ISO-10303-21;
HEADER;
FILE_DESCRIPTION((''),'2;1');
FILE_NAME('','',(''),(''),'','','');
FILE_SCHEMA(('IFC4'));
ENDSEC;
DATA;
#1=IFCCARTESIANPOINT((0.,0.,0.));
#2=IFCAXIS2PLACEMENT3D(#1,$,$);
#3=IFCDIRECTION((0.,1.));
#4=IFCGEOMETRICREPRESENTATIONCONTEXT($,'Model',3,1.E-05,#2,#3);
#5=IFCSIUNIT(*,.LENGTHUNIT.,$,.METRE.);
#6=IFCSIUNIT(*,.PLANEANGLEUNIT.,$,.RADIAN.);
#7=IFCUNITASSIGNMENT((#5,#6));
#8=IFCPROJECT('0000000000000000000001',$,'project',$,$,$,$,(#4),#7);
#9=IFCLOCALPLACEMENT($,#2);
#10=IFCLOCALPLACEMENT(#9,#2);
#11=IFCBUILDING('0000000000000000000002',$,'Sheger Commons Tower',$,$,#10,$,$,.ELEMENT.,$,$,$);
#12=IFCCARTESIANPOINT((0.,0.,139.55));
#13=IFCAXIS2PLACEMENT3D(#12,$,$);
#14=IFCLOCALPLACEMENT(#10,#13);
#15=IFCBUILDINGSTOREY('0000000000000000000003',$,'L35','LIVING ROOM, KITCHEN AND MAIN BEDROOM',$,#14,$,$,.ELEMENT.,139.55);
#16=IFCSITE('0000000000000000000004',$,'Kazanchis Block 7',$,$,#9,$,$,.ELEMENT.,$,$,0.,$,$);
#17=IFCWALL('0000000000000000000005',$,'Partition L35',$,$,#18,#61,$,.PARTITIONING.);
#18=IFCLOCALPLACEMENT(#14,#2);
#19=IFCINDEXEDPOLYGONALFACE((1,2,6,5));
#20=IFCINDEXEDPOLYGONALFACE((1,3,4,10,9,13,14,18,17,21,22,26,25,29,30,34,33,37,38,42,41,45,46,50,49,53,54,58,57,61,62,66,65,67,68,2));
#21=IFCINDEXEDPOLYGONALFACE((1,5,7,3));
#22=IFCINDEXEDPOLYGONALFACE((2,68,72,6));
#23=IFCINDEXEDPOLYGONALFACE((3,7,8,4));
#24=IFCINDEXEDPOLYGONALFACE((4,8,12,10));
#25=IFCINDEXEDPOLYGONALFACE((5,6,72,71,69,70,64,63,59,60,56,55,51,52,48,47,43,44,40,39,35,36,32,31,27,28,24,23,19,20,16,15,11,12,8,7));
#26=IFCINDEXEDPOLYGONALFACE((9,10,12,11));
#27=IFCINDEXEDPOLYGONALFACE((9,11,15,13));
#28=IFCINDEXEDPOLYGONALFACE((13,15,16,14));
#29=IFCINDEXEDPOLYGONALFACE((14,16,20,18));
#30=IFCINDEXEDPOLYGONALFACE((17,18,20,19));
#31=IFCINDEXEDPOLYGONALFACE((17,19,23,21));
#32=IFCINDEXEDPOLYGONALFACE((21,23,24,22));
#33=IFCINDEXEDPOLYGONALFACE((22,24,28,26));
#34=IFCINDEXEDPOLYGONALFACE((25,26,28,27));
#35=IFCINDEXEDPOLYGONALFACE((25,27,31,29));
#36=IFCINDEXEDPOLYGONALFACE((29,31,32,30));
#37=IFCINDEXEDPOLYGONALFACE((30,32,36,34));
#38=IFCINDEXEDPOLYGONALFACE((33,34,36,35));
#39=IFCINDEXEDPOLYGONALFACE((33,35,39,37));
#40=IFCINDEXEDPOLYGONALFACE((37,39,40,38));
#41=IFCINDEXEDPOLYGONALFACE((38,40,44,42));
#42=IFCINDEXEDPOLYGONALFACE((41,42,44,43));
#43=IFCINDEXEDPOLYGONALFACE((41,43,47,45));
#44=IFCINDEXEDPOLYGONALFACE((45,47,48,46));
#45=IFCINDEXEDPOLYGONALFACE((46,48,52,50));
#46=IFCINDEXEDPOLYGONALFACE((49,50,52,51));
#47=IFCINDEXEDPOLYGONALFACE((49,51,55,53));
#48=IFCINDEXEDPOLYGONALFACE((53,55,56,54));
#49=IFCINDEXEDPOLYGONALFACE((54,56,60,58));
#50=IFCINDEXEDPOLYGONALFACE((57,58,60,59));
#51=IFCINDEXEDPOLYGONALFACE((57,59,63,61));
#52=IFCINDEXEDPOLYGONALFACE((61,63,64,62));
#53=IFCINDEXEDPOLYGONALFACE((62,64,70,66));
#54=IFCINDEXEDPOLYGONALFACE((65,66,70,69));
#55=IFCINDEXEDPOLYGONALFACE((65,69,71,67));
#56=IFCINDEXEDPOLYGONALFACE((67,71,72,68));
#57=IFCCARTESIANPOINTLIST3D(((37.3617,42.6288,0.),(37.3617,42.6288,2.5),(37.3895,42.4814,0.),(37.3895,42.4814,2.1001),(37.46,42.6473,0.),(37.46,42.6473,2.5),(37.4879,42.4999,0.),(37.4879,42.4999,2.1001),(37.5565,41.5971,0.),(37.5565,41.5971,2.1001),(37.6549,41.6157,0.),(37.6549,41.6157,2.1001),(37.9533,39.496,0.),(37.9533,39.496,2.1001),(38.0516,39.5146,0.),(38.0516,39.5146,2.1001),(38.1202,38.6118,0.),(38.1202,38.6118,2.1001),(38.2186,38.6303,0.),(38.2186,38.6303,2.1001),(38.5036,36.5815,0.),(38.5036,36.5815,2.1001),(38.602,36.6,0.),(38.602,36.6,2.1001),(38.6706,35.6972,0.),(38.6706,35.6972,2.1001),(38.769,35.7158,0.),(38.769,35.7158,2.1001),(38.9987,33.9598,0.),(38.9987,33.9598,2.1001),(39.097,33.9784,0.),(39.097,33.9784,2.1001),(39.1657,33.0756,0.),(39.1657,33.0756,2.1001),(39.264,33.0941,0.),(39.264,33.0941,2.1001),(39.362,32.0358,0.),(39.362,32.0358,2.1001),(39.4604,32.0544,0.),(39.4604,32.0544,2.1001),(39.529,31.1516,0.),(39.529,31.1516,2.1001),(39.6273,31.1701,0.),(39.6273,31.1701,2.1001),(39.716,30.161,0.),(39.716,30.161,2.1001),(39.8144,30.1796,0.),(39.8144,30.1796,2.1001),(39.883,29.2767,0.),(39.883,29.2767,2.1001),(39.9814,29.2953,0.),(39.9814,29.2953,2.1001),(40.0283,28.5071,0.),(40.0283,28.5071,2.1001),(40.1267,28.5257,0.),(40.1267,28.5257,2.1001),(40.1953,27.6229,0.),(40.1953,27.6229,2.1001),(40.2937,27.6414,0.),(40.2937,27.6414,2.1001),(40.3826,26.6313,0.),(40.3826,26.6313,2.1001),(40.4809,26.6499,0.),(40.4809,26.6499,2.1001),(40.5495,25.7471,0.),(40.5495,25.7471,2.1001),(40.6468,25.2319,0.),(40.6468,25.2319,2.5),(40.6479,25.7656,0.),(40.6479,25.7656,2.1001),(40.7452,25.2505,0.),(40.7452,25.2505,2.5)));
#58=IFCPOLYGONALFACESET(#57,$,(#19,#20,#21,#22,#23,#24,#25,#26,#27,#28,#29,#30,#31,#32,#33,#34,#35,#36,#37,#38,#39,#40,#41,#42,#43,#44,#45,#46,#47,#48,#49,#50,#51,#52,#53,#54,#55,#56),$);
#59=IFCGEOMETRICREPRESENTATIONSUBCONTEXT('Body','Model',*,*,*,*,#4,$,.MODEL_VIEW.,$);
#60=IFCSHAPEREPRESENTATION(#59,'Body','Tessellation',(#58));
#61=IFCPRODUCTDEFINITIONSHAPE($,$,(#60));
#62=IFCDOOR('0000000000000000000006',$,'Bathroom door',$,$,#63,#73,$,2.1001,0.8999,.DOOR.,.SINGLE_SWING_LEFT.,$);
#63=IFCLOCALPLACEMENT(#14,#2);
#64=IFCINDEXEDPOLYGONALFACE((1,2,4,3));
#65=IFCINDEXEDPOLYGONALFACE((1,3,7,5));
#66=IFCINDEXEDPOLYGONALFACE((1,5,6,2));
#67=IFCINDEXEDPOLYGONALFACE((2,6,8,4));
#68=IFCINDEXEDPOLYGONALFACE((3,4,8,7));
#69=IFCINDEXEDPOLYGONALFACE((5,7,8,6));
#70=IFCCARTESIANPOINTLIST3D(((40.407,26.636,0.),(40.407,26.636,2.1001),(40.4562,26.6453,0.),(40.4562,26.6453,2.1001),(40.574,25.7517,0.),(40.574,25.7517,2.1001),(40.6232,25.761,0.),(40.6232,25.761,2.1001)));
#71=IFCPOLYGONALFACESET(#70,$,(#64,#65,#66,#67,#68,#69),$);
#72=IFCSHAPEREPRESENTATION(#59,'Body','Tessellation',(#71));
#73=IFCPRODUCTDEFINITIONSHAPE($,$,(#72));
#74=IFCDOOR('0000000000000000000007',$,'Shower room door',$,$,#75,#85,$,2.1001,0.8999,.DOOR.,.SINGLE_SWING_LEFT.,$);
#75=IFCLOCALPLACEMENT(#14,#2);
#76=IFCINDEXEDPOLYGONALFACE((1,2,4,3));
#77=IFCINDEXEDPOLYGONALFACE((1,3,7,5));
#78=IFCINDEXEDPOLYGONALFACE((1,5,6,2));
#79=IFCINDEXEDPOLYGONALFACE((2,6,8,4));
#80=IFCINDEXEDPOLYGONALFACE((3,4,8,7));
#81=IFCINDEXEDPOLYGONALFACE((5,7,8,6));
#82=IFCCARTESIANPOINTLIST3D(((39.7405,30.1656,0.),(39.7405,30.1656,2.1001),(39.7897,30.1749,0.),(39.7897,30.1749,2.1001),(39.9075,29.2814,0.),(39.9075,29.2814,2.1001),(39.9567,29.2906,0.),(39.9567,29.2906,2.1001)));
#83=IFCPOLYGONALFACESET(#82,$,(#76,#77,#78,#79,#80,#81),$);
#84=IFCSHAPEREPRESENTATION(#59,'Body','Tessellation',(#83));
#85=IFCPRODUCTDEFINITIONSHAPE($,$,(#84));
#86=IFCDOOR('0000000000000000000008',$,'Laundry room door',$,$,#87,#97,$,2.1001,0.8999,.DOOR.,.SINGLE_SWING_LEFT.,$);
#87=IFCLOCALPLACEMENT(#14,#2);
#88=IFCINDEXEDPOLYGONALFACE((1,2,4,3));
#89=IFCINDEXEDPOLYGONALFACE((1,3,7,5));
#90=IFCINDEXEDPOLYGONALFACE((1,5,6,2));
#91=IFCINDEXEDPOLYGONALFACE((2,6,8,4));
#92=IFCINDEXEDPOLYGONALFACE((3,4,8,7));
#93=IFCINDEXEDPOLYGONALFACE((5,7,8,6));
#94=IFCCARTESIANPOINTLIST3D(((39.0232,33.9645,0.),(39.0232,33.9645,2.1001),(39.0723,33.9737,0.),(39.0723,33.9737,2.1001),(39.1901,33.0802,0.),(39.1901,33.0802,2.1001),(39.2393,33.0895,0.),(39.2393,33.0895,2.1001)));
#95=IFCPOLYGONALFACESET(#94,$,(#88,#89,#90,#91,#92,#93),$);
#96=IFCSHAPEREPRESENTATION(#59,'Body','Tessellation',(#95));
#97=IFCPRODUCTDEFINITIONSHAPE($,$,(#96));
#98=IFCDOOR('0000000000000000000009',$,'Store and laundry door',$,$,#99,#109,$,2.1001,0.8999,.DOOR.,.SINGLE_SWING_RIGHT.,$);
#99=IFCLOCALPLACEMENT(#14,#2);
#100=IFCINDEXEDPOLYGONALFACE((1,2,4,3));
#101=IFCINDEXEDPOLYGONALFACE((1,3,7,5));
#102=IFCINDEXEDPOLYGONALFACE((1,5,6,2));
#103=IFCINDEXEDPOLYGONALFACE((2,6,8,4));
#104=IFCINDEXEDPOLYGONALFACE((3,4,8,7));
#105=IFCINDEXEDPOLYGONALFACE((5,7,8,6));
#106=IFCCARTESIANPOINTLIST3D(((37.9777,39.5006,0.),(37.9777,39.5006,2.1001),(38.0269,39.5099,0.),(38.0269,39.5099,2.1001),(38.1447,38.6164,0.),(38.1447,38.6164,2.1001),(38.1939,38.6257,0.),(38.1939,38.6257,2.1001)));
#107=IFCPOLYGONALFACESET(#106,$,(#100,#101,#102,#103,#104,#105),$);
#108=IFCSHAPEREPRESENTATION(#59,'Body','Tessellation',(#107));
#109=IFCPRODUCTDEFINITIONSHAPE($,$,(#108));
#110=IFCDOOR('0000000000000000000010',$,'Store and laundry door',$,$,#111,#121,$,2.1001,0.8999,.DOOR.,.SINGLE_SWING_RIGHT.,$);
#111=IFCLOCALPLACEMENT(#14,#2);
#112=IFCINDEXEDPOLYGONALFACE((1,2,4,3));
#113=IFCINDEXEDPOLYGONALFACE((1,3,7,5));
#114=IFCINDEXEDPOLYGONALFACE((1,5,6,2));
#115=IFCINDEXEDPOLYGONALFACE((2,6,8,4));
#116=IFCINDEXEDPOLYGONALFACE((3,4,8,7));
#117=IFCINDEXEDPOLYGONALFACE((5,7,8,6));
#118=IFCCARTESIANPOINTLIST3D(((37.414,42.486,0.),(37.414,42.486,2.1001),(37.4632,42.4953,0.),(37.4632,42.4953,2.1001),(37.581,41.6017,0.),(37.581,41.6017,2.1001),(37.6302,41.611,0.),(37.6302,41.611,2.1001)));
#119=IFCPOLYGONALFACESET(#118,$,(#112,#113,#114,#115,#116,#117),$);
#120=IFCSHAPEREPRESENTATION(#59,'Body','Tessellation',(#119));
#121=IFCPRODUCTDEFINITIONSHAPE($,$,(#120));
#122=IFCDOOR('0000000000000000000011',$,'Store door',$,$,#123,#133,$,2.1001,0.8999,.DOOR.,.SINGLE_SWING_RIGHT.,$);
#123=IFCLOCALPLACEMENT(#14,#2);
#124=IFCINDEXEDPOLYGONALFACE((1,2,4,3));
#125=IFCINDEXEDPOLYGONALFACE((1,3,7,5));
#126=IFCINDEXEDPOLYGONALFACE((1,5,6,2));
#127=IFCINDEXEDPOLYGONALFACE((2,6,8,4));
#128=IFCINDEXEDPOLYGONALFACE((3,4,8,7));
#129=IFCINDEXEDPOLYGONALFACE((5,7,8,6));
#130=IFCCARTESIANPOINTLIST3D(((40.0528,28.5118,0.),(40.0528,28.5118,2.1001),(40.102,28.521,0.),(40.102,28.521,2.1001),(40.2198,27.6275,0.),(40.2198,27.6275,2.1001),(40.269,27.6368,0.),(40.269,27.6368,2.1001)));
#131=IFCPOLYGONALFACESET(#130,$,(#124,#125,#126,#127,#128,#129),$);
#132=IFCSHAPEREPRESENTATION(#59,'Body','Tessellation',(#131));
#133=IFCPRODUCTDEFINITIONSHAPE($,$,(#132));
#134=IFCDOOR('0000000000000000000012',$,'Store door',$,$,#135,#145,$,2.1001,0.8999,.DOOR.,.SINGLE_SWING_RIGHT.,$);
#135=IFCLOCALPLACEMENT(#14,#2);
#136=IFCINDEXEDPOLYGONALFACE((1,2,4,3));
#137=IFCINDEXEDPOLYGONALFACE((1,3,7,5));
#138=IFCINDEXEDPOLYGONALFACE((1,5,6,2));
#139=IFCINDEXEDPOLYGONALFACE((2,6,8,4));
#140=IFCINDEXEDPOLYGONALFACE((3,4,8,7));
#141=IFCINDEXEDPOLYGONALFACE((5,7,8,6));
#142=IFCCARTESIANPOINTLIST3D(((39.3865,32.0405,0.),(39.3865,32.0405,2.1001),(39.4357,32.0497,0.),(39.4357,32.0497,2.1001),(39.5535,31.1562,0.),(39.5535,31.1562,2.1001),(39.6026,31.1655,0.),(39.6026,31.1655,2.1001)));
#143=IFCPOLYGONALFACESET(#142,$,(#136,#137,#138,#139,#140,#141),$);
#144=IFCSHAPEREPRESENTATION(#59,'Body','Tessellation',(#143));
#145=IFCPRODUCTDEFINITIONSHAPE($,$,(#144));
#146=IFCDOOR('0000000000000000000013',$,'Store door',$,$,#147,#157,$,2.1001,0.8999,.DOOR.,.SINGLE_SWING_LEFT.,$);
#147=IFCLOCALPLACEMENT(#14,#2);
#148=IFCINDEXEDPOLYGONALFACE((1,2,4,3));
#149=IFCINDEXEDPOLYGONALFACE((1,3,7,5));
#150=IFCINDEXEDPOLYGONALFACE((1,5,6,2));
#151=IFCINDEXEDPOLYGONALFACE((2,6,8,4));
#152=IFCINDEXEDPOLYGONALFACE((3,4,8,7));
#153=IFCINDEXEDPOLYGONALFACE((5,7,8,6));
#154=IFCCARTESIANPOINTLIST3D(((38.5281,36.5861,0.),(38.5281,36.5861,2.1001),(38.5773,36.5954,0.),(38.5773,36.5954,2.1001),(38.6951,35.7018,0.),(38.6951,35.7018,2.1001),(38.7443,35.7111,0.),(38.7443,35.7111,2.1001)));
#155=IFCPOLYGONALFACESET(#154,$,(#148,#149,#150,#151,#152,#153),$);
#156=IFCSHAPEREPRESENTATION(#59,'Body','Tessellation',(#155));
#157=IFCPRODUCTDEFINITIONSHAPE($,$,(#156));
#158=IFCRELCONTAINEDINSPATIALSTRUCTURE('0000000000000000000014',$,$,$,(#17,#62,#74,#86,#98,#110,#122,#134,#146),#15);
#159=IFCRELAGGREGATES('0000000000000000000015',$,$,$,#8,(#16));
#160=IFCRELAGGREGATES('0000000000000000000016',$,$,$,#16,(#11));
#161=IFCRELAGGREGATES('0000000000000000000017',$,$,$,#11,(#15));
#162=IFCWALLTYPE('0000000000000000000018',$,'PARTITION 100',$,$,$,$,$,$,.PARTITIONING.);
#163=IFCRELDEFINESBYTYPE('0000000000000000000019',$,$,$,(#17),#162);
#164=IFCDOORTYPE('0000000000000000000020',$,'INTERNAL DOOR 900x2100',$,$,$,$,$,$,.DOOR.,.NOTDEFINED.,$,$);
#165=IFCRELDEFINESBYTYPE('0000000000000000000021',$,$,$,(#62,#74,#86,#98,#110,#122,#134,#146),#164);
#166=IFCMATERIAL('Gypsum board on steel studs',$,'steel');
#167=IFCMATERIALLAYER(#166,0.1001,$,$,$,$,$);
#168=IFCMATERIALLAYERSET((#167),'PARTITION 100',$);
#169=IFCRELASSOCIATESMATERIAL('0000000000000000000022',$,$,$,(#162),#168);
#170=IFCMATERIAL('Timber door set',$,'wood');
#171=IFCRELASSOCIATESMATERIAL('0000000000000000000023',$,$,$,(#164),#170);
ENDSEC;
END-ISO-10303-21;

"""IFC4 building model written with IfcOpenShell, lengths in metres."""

from ifc_helpers import new_model, si_unit, direction, frame, frame_2d, origin, place, context, subcontext, project, spatial, rectangle, extrude, material, layer, layer_set, type_object, element, fill, save


model = new_model("IFC4")

# Units and contexts
model_context = context("Model", 3, precision=1e-05, world=origin(), true_north=direction((0.0, 1.0)))
body_context = subcontext(model_context, "Body", "Model", "MODEL_VIEW")
ifc_project = project(units=[si_unit("LENGTHUNIT", "METRE"), si_unit("PLANEANGLEUNIT", "RADIAN")], contexts=[model_context])

# Site, building, storey
site_placement = place(None, origin())
site = spatial("IfcSite", under=ifc_project, at=site_placement, Name="Kazanchis Block 7", CompositionType="ELEMENT", RefElevation=0.0)
building_placement = place(site_placement, origin())
building = spatial("IfcBuilding", under=site, at=building_placement, Name="Sheger Commons Tower", CompositionType="ELEMENT")
storey_placement = place(building_placement, frame((0.0, 0.0, 139.55)))
storey = spatial("IfcBuildingStorey", under=building, at=storey_placement, Name="L35", Description="LIVING ROOM, KITCHEN AND MAIN BEDROOM", CompositionType="ELEMENT", Elevation=139.55)

# Shared definitions
ifc_material_1 = material(Name="Gypsum board on steel studs", Category="steel")
ifc_layer = layer(ifc_material_1, 0.1001)
ifc_layer_set = layer_set([ifc_layer], Name="PARTITION 100")
wall_type = type_object("IfcWallType", Name="PARTITION 100", PredefinedType="PARTITIONING", material=ifc_layer_set)

# Wall, openings, doors
ifc_material_2 = material(Name="Timber door set", Category="wood")
door_type = type_object("IfcDoorType", Name="INTERNAL DOOR 900x2100", OperationType="NOTDEFINED", PredefinedType="DOOR", material=ifc_material_2)
wall_1_placement = place(storey_placement, frame((37.4109, 42.6379, 0.0), z_axis=(0.0, 0.0, 1.0), x_axis=(0.185556, -0.982634, 0.0)))
wall_1 = element("IfcWall", 1, at=wall_1_placement, inside=storey, type_object=wall_type, Name="Partition L35", PredefinedType="PARTITIONING", context=body_context, shape_type="SweptSolid", body=[
    extrude(rectangle(XDim=17.7043, YDim=0.1001, at=frame_2d((8.8521, 0.0))), origin(), (0.0, 0.0, 1.0), 2.5),
])
opening_1_placement = place(wall_1_placement, frame((16.28, 0.0, 0.0)))
opening_1 = element("IfcOpeningElement", 2, at=opening_1_placement, cuts=wall_1, PredefinedType="OPENING", context=body_context, shape_type="SweptSolid", body=[
    extrude(rectangle(XDim=0.8999, YDim=2.1001, at=frame_2d((0.45, 1.05))), frame((0.0, 0.0601, 0.0), z_axis=(0.0, -1.0, 0.0), x_axis=(1.0, 0.0, 0.0)), (0.0, 0.0, 1.0), 0.1201),
])
opening_2_placement = place(wall_1_placement, frame((12.688, 0.0, 0.0)))
opening_2 = element("IfcOpeningElement", 3, at=opening_2_placement, cuts=wall_1, PredefinedType="OPENING", context=body_context, shape_type="SweptSolid", body=[
    extrude(rectangle(XDim=0.8999, YDim=2.1001, at=frame_2d((0.45, 1.05))), frame((0.0, 0.0601, 0.0), z_axis=(0.0, -1.0, 0.0), x_axis=(1.0, 0.0, 0.0)), (0.0, 0.0, 1.0), 0.1201),
])
opening_3_placement = place(wall_1_placement, frame((8.822, 0.0, 0.0)))
opening_3 = element("IfcOpeningElement", 4, at=opening_3_placement, cuts=wall_1, PredefinedType="OPENING", context=body_context, shape_type="SweptSolid", body=[
    extrude(rectangle(XDim=0.8999, YDim=2.1001, at=frame_2d((0.45, 1.05))), frame((0.0, 0.0601, 0.0), z_axis=(0.0, -1.0, 0.0), x_axis=(1.0, 0.0, 0.0)), (0.0, 0.0, 1.0), 0.1201),
])
opening_4_placement = place(wall_1_placement, frame((3.188, 0.0, 0.0)))
opening_4 = element("IfcOpeningElement", 5, at=opening_4_placement, cuts=wall_1, PredefinedType="OPENING", context=body_context, shape_type="SweptSolid", body=[
    extrude(rectangle(XDim=0.8999, YDim=2.1001, at=frame_2d((0.45, 1.05))), frame((0.0, 0.0601, 0.0), z_axis=(0.0, -1.0, 0.0), x_axis=(1.0, 0.0, 0.0)), (0.0, 0.0, 1.0), 0.1201),
])
opening_5_placement = place(wall_1_placement, frame((0.1499, 0.0, 0.0)))
opening_5 = element("IfcOpeningElement", 6, at=opening_5_placement, cuts=wall_1, PredefinedType="OPENING", context=body_context, shape_type="SweptSolid", body=[
    extrude(rectangle(XDim=0.8999, YDim=2.1001, at=frame_2d((0.45, 1.05))), frame((0.0, 0.0601, 0.0), z_axis=(0.0, -1.0, 0.0), x_axis=(1.0, 0.0, 0.0)), (0.0, 0.0, 1.0), 0.1201),
])
opening_6_placement = place(wall_1_placement, frame((14.3711, 0.0, 0.0)))
opening_6 = element("IfcOpeningElement", 7, at=opening_6_placement, cuts=wall_1, PredefinedType="OPENING", context=body_context, shape_type="SweptSolid", body=[
    extrude(rectangle(XDim=0.8999, YDim=2.1001, at=frame_2d((0.45, 1.05))), frame((0.0, 0.0601, 0.0), z_axis=(0.0, -1.0, 0.0), x_axis=(1.0, 0.0, 0.0)), (0.0, 0.0, 1.0), 0.1201),
])
opening_7_placement = place(wall_1_placement, frame((10.78, 0.0, 0.0)))
opening_7 = element("IfcOpeningElement", 8, at=opening_7_placement, cuts=wall_1, PredefinedType="OPENING", context=body_context, shape_type="SweptSolid", body=[
    extrude(rectangle(XDim=0.8999, YDim=2.1001, at=frame_2d((0.45, 1.05))), frame((0.0, 0.0601, 0.0), z_axis=(0.0, -1.0, 0.0), x_axis=(1.0, 0.0, 0.0)), (0.0, 0.0, 1.0), 0.1201),
])
opening_8_placement = place(wall_1_placement, frame((6.1541, 0.0, 0.0)))
opening_8 = element("IfcOpeningElement", 9, at=opening_8_placement, cuts=wall_1, PredefinedType="OPENING", context=body_context, shape_type="SweptSolid", body=[
    extrude(rectangle(XDim=0.8999, YDim=2.1001, at=frame_2d((0.45, 1.05))), frame((0.0, 0.0601, 0.0), z_axis=(0.0, -1.0, 0.0), x_axis=(1.0, 0.0, 0.0)), (0.0, 0.0, 1.0), 0.1201),
])
door_1_placement = place(opening_1_placement, origin())
door_1 = element("IfcDoor", 10, at=door_1_placement, inside=storey, type_object=door_type, Name="Bathroom door", OperationType="SINGLE_SWING_LEFT", OverallHeight=2.1001, OverallWidth=0.8999, PredefinedType="DOOR", context=body_context, shape_type="SweptSolid", body=[
    extrude(rectangle(XDim=0.8999, YDim=2.1001, at=frame_2d((0.45, 1.05))), frame((0.0, 0.0249, 0.0), z_axis=(0.0, -1.0, 0.0), x_axis=(1.0, 0.0, 0.0)), (0.0, 0.0, 1.0), 0.05),
])
fill(opening_1, door_1)
door_2_placement = place(opening_2_placement, origin())
door_2 = element("IfcDoor", 11, at=door_2_placement, inside=storey, type_object=door_type, Name="Shower room door", OperationType="SINGLE_SWING_LEFT", OverallHeight=2.1001, OverallWidth=0.8999, PredefinedType="DOOR", context=body_context, shape_type="SweptSolid", body=[
    extrude(rectangle(XDim=0.8999, YDim=2.1001, at=frame_2d((0.45, 1.05))), frame((0.0, 0.0249, 0.0), z_axis=(0.0, -1.0, 0.0), x_axis=(1.0, 0.0, 0.0)), (0.0, 0.0, 1.0), 0.05),
])
fill(opening_2, door_2)
door_3_placement = place(opening_3_placement, origin())
door_3 = element("IfcDoor", 12, at=door_3_placement, inside=storey, type_object=door_type, Name="Laundry room door", OperationType="SINGLE_SWING_LEFT", OverallHeight=2.1001, OverallWidth=0.8999, PredefinedType="DOOR", context=body_context, shape_type="SweptSolid", body=[
    extrude(rectangle(XDim=0.8999, YDim=2.1001, at=frame_2d((0.45, 1.05))), frame((0.0, 0.0249, 0.0), z_axis=(0.0, -1.0, 0.0), x_axis=(1.0, 0.0, 0.0)), (0.0, 0.0, 1.0), 0.05),
])
fill(opening_3, door_3)
door_4_placement = place(opening_4_placement, origin())
door_4 = element("IfcDoor", 13, at=door_4_placement, inside=storey, type_object=door_type, Name="Store and laundry door", OperationType="SINGLE_SWING_RIGHT", OverallHeight=2.1001, OverallWidth=0.8999, PredefinedType="DOOR", context=body_context, shape_type="SweptSolid", body=[
    extrude(rectangle(XDim=0.8999, YDim=2.1001, at=frame_2d((0.45, 1.05))), frame((0.0, 0.0249, 0.0), z_axis=(0.0, -1.0, 0.0), x_axis=(1.0, 0.0, 0.0)), (0.0, 0.0, 1.0), 0.05),
])
fill(opening_4, door_4)
door_5_placement = place(opening_5_placement, origin())
door_5 = element("IfcDoor", 14, at=door_5_placement, inside=storey, type_object=door_type, Name="Store and laundry door", OperationType="SINGLE_SWING_RIGHT", OverallHeight=2.1001, OverallWidth=0.8999, PredefinedType="DOOR", context=body_context, shape_type="SweptSolid", body=[
    extrude(rectangle(XDim=0.8999, YDim=2.1001, at=frame_2d((0.45, 1.05))), frame((0.0, 0.0249, 0.0), z_axis=(0.0, -1.0, 0.0), x_axis=(1.0, 0.0, 0.0)), (0.0, 0.0, 1.0), 0.05),
])
fill(opening_5, door_5)
door_6_placement = place(opening_6_placement, origin())
door_6 = element("IfcDoor", 15, at=door_6_placement, inside=storey, type_object=door_type, Name="Store door", OperationType="SINGLE_SWING_RIGHT", OverallHeight=2.1001, OverallWidth=0.8999, PredefinedType="DOOR", context=body_context, shape_type="SweptSolid", body=[
    extrude(rectangle(XDim=0.8999, YDim=2.1001, at=frame_2d((0.45, 1.05))), frame((0.0, 0.0249, 0.0), z_axis=(0.0, -1.0, 0.0), x_axis=(1.0, 0.0, 0.0)), (0.0, 0.0, 1.0), 0.05),
])
fill(opening_6, door_6)
door_7_placement = place(opening_7_placement, origin())
door_7 = element("IfcDoor", 16, at=door_7_placement, inside=storey, type_object=door_type, Name="Store door", OperationType="SINGLE_SWING_RIGHT", OverallHeight=2.1001, OverallWidth=0.8999, PredefinedType="DOOR", context=body_context, shape_type="SweptSolid", body=[
    extrude(rectangle(XDim=0.8999, YDim=2.1001, at=frame_2d((0.45, 1.05))), frame((0.0, 0.0249, 0.0), z_axis=(0.0, -1.0, 0.0), x_axis=(1.0, 0.0, 0.0)), (0.0, 0.0, 1.0), 0.05),
])
fill(opening_7, door_7)
door_8_placement = place(opening_8_placement, origin())
door_8 = element("IfcDoor", 17, at=door_8_placement, inside=storey, type_object=door_type, Name="Store door", OperationType="SINGLE_SWING_LEFT", OverallHeight=2.1001, OverallWidth=0.8999, PredefinedType="DOOR", context=body_context, shape_type="SweptSolid", body=[
    extrude(rectangle(XDim=0.8999, YDim=2.1001, at=frame_2d((0.45, 1.05))), frame((0.0, 0.0249, 0.0), z_axis=(0.0, -1.0, 0.0), x_axis=(1.0, 0.0, 0.0)), (0.0, 0.0, 1.0), 0.05),
])
fill(opening_8, door_8)

save(model, "model.ifc")
